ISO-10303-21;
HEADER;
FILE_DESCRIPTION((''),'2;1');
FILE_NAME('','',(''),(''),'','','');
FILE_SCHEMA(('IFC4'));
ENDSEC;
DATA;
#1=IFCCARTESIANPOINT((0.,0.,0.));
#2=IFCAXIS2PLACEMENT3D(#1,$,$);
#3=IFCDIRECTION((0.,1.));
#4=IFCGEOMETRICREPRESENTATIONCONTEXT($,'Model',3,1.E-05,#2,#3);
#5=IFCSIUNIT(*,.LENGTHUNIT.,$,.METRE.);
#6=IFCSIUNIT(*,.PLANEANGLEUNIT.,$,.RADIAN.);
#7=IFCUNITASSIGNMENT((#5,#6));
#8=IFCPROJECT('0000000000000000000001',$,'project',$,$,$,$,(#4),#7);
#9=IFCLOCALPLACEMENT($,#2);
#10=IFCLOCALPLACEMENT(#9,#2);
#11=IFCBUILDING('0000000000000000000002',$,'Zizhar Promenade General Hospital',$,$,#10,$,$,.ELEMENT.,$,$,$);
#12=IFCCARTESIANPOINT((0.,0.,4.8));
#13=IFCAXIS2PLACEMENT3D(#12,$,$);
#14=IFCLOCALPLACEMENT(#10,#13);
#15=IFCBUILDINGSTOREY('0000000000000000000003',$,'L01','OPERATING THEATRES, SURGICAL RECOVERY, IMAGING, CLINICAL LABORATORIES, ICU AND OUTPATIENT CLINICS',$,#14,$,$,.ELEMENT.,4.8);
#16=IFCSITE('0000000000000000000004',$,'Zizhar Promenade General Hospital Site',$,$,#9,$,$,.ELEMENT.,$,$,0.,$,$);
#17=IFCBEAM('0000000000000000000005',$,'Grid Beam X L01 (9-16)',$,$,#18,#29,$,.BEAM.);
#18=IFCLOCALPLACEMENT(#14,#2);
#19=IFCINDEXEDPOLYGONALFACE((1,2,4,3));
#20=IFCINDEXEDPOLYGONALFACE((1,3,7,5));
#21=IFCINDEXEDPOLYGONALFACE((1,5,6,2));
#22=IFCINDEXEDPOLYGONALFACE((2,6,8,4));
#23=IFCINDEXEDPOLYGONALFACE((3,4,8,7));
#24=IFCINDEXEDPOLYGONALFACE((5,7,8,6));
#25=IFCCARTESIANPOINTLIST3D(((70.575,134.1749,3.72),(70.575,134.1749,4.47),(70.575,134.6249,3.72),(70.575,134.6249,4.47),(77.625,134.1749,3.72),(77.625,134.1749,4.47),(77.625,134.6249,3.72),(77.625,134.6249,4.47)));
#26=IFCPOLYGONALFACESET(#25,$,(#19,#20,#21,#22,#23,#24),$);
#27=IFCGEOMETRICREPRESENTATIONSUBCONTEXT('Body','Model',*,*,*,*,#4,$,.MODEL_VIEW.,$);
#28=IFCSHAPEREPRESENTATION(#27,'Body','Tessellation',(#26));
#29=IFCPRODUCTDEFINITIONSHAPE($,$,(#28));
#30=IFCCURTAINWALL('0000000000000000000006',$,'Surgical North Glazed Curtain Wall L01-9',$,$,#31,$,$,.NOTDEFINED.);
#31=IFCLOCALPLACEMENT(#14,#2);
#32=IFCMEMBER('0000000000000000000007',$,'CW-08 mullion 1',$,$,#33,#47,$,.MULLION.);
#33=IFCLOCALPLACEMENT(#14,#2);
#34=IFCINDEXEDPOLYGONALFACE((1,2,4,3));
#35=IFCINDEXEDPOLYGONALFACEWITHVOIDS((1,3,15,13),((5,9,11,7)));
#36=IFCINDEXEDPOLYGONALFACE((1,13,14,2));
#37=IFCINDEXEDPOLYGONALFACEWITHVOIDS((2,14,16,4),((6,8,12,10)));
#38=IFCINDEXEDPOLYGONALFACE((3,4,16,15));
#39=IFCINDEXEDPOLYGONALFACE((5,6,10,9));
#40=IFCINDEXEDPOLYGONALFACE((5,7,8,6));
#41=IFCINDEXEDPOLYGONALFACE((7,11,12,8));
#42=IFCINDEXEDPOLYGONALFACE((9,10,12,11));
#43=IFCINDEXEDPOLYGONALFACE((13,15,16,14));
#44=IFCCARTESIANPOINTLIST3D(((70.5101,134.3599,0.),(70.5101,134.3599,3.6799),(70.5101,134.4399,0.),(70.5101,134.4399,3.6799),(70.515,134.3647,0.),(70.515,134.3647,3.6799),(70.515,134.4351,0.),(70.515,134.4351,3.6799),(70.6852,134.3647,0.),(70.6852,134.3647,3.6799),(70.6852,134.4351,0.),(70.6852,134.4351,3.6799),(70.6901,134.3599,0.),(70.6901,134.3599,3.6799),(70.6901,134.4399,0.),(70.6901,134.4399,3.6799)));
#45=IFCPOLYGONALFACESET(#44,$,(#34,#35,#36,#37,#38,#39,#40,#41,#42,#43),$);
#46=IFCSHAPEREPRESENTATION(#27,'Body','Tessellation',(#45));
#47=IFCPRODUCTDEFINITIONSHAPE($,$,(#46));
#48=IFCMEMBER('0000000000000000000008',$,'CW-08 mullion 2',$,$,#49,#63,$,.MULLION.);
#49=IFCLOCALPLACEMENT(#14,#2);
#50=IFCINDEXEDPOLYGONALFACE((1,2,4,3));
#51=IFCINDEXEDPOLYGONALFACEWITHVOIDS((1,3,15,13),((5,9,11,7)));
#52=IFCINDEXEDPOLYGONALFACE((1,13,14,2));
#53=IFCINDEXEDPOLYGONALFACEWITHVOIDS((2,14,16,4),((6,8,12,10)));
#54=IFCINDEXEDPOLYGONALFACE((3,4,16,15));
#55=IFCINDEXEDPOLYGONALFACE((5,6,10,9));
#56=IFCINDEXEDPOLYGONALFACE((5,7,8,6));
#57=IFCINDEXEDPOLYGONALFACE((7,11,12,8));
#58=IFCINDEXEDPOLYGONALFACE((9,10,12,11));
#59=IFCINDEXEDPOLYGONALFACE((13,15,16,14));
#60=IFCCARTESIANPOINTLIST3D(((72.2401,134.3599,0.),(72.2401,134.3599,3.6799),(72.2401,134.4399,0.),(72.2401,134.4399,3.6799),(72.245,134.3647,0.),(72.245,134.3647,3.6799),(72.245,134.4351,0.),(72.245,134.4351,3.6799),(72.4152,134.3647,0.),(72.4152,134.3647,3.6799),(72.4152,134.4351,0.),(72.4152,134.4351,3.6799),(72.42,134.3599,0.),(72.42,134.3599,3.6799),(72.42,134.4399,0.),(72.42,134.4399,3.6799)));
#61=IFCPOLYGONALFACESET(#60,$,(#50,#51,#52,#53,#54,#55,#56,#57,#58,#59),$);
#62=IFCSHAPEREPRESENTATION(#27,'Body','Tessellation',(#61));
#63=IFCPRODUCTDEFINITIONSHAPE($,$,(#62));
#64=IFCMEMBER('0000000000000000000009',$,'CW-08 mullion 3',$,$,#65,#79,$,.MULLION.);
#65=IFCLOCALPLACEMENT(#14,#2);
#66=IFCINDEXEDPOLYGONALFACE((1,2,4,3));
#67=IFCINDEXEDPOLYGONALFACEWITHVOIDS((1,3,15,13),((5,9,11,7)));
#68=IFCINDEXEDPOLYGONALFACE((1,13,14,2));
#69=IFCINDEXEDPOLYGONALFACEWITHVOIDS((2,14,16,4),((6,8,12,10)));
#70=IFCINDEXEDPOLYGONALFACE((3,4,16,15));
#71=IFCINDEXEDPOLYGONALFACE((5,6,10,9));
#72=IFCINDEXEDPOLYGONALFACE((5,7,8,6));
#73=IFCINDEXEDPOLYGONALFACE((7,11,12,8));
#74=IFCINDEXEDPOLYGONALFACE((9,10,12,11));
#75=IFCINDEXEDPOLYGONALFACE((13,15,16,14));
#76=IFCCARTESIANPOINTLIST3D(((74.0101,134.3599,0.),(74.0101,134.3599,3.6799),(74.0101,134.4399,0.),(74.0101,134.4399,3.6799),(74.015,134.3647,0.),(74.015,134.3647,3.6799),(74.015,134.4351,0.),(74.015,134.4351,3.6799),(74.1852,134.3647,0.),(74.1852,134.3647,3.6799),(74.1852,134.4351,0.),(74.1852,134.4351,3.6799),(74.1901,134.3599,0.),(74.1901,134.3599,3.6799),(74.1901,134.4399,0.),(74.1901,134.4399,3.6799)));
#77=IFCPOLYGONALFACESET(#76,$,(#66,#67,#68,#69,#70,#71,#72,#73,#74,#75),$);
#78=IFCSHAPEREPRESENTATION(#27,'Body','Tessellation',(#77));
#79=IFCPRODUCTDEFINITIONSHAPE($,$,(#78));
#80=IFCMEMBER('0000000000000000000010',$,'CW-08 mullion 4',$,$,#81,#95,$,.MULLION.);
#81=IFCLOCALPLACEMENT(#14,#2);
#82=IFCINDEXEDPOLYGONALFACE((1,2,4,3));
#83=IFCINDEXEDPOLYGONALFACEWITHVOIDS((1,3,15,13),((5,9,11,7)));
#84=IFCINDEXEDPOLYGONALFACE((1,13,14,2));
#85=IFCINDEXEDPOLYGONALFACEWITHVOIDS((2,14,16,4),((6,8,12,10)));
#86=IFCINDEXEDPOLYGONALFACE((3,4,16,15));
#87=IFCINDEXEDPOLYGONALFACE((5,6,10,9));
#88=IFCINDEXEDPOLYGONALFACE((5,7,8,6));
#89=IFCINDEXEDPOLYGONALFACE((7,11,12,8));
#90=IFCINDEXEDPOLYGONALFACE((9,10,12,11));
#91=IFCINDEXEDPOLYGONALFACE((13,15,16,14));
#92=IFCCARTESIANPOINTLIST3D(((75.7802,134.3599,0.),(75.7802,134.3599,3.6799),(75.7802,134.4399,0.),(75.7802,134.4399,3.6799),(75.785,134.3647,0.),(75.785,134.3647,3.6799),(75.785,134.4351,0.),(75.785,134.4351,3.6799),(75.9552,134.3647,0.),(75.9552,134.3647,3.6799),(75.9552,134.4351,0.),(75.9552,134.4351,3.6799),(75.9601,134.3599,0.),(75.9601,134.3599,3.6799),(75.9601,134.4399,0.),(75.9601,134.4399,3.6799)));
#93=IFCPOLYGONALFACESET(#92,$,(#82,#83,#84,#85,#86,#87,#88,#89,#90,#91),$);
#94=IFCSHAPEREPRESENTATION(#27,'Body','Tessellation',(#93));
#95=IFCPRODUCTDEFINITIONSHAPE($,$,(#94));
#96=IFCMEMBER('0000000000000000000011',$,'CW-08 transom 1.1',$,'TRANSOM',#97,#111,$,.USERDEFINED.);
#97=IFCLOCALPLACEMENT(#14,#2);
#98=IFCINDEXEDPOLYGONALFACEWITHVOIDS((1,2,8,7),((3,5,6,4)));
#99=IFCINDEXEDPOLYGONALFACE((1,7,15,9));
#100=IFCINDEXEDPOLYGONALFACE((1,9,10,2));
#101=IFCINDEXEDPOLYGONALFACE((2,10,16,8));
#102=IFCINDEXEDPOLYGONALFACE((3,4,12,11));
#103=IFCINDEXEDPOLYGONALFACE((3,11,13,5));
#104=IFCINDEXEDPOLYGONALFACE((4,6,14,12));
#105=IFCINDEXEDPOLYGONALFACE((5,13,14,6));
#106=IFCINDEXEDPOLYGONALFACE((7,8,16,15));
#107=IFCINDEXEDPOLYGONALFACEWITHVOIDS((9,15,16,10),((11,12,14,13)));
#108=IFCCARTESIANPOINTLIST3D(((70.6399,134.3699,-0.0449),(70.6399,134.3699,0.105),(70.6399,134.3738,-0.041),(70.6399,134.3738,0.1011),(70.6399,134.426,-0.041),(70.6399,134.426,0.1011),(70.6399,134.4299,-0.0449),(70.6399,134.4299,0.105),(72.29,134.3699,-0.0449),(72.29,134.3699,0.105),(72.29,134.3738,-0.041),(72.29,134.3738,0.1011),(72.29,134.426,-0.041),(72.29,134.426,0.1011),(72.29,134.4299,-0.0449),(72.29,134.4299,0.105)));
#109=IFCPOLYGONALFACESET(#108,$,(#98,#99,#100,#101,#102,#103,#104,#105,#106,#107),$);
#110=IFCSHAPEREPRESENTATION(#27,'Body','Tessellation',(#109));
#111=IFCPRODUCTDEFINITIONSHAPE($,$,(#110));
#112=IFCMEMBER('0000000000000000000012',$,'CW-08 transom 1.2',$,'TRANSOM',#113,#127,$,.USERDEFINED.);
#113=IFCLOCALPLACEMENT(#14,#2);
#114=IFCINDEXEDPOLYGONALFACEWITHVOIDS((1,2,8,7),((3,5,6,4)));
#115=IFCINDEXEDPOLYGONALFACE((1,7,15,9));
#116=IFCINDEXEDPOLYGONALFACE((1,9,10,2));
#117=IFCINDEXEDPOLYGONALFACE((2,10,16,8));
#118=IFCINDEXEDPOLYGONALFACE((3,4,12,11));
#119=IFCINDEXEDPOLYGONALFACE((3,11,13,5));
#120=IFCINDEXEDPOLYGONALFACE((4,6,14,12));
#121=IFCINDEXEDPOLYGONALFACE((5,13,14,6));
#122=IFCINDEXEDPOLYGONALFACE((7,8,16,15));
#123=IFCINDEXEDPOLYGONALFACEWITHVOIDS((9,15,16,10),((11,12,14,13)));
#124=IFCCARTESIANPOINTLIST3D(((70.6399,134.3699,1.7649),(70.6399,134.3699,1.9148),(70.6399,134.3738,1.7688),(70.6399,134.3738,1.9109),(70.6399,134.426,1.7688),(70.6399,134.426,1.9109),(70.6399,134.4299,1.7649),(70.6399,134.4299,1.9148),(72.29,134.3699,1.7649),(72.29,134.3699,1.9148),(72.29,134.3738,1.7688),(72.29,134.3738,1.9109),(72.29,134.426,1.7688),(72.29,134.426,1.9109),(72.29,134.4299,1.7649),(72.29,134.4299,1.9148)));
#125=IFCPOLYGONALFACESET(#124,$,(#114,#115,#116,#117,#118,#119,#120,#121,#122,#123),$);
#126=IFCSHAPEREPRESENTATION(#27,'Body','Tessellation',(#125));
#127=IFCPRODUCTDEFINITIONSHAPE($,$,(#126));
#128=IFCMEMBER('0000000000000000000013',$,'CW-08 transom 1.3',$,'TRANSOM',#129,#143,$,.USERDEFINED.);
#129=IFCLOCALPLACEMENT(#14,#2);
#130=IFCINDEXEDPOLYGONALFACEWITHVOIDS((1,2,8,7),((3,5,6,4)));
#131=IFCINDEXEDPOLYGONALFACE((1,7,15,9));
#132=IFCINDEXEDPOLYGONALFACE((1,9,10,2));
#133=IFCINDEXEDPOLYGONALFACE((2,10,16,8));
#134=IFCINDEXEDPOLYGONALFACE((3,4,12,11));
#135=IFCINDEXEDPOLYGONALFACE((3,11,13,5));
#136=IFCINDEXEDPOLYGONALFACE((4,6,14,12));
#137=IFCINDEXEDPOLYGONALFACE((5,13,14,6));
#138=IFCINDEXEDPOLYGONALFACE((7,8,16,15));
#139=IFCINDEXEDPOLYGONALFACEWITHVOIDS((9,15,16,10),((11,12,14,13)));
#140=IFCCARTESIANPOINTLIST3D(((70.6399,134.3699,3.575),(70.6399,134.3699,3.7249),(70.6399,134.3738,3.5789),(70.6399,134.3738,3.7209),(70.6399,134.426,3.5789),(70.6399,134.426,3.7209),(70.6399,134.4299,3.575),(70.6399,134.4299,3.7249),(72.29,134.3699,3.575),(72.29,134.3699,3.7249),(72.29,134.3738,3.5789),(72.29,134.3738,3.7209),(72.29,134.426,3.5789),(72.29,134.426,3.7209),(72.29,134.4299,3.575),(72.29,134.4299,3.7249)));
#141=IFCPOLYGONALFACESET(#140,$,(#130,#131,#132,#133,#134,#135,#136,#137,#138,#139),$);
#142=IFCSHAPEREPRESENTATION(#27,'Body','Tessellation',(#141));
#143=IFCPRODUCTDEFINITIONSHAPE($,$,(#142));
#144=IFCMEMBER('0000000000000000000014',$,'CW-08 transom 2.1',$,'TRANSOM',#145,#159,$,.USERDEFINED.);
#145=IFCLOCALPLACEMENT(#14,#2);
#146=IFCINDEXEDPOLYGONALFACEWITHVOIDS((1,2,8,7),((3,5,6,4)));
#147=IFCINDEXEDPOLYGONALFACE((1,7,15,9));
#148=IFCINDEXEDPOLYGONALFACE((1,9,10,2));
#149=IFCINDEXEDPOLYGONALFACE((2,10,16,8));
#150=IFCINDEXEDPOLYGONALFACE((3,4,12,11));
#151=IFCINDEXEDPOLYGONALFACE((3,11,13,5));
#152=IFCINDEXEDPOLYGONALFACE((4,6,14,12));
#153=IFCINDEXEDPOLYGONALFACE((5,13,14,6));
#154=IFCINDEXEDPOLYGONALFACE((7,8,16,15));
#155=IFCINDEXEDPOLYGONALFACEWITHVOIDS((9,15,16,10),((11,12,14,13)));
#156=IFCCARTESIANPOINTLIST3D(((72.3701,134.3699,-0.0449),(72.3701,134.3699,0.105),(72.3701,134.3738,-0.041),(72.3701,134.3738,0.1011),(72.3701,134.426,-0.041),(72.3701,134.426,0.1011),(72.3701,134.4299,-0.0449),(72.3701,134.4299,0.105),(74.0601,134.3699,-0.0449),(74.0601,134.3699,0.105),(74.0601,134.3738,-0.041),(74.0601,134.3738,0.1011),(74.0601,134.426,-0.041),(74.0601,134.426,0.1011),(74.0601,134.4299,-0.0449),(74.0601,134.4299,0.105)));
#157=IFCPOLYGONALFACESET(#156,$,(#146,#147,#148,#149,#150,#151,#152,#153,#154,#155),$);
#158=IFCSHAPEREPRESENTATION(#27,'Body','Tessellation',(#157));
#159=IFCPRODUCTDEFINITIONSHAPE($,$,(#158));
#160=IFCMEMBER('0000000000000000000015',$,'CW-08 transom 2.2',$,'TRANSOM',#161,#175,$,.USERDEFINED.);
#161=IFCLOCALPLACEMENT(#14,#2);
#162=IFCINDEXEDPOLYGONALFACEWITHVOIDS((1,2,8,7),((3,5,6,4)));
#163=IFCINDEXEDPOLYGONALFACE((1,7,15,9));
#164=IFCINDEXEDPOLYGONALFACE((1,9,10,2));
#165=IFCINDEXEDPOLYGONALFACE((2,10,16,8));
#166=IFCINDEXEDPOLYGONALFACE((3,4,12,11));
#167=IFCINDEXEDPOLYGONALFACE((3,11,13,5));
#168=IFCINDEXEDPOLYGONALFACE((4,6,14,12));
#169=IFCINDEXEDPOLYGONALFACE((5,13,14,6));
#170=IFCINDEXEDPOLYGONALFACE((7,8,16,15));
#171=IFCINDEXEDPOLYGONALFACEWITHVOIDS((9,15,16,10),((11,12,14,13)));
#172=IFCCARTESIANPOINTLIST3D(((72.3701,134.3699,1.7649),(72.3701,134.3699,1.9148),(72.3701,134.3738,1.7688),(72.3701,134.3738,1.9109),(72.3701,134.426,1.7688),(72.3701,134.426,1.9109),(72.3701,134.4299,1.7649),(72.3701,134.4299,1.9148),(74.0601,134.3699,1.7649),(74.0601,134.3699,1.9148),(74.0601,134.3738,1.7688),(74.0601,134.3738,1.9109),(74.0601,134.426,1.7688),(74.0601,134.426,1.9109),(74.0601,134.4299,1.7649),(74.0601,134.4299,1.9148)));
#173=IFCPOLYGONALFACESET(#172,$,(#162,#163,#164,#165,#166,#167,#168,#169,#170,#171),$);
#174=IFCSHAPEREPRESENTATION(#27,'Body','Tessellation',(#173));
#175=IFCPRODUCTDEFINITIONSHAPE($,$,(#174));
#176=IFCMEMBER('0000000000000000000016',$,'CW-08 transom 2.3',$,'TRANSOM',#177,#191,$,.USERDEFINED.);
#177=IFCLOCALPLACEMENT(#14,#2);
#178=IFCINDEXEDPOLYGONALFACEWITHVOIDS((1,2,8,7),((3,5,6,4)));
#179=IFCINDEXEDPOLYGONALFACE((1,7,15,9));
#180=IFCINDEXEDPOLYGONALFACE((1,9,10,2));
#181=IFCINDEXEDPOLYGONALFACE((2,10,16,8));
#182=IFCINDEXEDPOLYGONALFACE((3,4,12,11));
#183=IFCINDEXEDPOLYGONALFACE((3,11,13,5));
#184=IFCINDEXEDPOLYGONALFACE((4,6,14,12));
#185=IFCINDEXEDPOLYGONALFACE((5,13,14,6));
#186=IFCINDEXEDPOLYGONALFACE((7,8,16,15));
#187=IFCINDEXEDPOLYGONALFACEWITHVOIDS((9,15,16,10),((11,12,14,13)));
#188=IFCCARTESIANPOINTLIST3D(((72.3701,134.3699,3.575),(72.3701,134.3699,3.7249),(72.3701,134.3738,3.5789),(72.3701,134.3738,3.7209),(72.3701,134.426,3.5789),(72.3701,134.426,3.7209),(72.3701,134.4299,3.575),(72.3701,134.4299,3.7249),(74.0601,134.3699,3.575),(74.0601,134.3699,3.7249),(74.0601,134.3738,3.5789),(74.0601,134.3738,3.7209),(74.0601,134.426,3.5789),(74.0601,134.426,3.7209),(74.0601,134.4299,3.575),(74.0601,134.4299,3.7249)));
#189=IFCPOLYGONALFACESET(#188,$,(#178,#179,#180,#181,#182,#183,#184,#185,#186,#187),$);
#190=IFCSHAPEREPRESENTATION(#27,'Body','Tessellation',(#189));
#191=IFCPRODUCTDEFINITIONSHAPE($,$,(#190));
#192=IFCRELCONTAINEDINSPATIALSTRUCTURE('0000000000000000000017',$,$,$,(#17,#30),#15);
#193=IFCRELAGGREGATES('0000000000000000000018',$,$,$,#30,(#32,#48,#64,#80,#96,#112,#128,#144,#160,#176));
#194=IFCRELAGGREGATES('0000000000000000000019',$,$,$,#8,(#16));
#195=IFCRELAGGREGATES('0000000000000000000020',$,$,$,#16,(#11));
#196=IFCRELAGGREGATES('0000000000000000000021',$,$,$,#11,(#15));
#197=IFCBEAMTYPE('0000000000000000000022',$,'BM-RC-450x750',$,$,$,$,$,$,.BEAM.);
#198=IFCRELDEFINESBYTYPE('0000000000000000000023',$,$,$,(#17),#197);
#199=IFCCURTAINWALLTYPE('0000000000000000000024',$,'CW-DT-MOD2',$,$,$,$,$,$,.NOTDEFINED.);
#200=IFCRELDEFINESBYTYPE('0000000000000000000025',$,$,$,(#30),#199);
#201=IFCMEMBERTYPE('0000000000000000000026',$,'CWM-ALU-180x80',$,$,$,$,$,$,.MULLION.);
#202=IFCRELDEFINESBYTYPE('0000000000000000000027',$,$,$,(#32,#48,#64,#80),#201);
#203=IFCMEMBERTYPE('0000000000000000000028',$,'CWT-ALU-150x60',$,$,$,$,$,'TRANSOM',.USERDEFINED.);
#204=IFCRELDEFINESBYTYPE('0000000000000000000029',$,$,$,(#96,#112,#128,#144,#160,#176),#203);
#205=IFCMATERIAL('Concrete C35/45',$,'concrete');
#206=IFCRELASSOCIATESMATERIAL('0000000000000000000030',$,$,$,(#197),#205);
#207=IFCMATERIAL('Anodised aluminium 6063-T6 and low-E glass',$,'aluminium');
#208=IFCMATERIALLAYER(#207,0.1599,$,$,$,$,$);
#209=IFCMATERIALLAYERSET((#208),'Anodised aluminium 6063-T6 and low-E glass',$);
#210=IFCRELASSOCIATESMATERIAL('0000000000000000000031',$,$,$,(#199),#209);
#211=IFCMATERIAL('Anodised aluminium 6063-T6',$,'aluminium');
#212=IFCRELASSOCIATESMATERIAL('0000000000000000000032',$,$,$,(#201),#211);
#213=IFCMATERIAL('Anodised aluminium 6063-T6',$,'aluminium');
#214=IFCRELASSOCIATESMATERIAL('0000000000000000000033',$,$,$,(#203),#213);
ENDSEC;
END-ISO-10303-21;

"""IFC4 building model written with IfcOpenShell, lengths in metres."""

from ifc_helpers import new_model, si_unit, direction, frame, origin, origin_2d, place, context, subcontext, project, spatial, rectangle, hollow_rectangle, extrude, material, layer, layer_set, material_profile, profile_set, type_object, element, aggregate, save


model = new_model("IFC4")

# Units and contexts
model_context = context("Model", 3, precision=1e-05, world=origin(), true_north=direction((0.0, 1.0)))
body_context = subcontext(model_context, "Body", "Model", "MODEL_VIEW")
ifc_project = project(units=[si_unit("LENGTHUNIT", "METRE"), si_unit("PLANEANGLEUNIT", "RADIAN")], contexts=[model_context])

# Site, building, storey
site_placement = place(None, origin())
site = spatial("IfcSite", under=ifc_project, at=site_placement, Name="Zizhar Promenade General Hospital Site", CompositionType="ELEMENT", RefElevation=0.0)
building_placement = place(site_placement, origin())
building = spatial("IfcBuilding", under=site, at=building_placement, Name="Zizhar Promenade General Hospital", CompositionType="ELEMENT")
storey_placement = place(building_placement, frame((0.0, 0.0, 4.8)))
storey = spatial("IfcBuildingStorey", under=building, at=storey_placement, Name="L01", Description="OPERATING THEATRES, SURGICAL RECOVERY, IMAGING, CLINICAL LABORATORIES, ICU AND OUTPATIENT CLINICS", CompositionType="ELEMENT", Elevation=4.8)

# Beam
ifc_material_1 = material(Name="Concrete C35/45", Category="concrete")
ifc_material_profile_1 = material_profile(ifc_material_1, rectangle(XDim=0.45, YDim=0.75, at=origin_2d()))
ifc_profile_set_1 = profile_set([ifc_material_profile_1], Name="Concrete C35/45")
beam_type = type_object("IfcBeamType", Name="BM-RC-450x750", PredefinedType="BEAM", material=ifc_profile_set_1)
beam_placement = place(storey_placement, frame((70.575, 134.3999, 4.095), z_axis=(1.0, 0.0, 0.0), x_axis=(0.0, 1.0, 0.0)))
element("IfcBeam", 1, at=beam_placement, inside=storey, type_object=beam_type, Name="Grid Beam X L01 (9-16)", PredefinedType="BEAM", context=body_context, shape_type="SweptSolid", body=[
    extrude(rectangle(XDim=0.45, YDim=0.75, at=origin_2d()), origin(), (0.0, 0.0, 1.0), 7.05),
])

# Curtain wall, members
ifc_material_2 = material(Name="Anodised aluminium 6063-T6 and low-E glass", Category="aluminium")
ifc_layer_1 = layer(ifc_material_2, 0.1599)
ifc_layer_set_1 = layer_set([ifc_layer_1], Name="Anodised aluminium 6063-T6 and low-E glass")
curtain_wall_type = type_object("IfcCurtainWallType", Name="CW-DT-MOD2", PredefinedType="NOTDEFINED", material=ifc_layer_set_1)
curtain_wall_placement = place(storey_placement, origin())
curtain_wall = element("IfcCurtainWall", 2, at=curtain_wall_placement, inside=storey, type_object=curtain_wall_type, Name="Surgical North Glazed Curtain Wall L01-9", PredefinedType="NOTDEFINED")
ifc_material_3 = material(Name="Anodised aluminium 6063-T6", Category="aluminium")
ifc_material_profile_2 = material_profile(ifc_material_3, hollow_rectangle(XDim=0.0801, YDim=0.1799, WallThickness=0.0049, at=origin_2d()))
ifc_profile_set_2 = profile_set([ifc_material_profile_2], Name="Anodised aluminium 6063-T6")
member_type_1 = type_object("IfcMemberType", Name="CWM-ALU-180x80", PredefinedType="MULLION", material=ifc_profile_set_2)
member_1_placement = place(storey_placement, frame((70.6001, 134.3999, 0.0), z_axis=(0.0, 0.0, 1.0), x_axis=(0.0, 1.0, 0.0)))
member_1 = element("IfcMember", 3, at=member_1_placement, type_object=member_type_1, Name="CW-08 mullion 1", PredefinedType="MULLION", context=body_context, shape_type="SweptSolid", body=[
    extrude(hollow_rectangle(XDim=0.0801, YDim=0.1799, WallThickness=0.0049, at=origin_2d()), origin(), (0.0, 0.0, 1.0), 3.6799),
])
member_2_placement = place(storey_placement, frame((72.3301, 134.3999, 0.0), z_axis=(0.0, 0.0, 1.0), x_axis=(0.0, 1.0, 0.0)))
member_2 = element("IfcMember", 4, at=member_2_placement, type_object=member_type_1, Name="CW-08 mullion 2", PredefinedType="MULLION", context=body_context, shape_type="SweptSolid", body=[
    extrude(hollow_rectangle(XDim=0.0801, YDim=0.1799, WallThickness=0.0049, at=origin_2d()), origin(), (0.0, 0.0, 1.0), 3.6799),
])
member_3_placement = place(storey_placement, frame((74.1001, 134.3999, 0.0), z_axis=(0.0, 0.0, 1.0), x_axis=(0.0, 1.0, 0.0)))
member_3 = element("IfcMember", 5, at=member_3_placement, type_object=member_type_1, Name="CW-08 mullion 3", PredefinedType="MULLION", context=body_context, shape_type="SweptSolid", body=[
    extrude(hollow_rectangle(XDim=0.0801, YDim=0.1799, WallThickness=0.0049, at=origin_2d()), origin(), (0.0, 0.0, 1.0), 3.6799),
])
member_4_placement = place(storey_placement, frame((75.8701, 134.3999, 0.0), z_axis=(0.0, 0.0, 1.0), x_axis=(0.0, 1.0, 0.0)))
member_4 = element("IfcMember", 6, at=member_4_placement, type_object=member_type_1, Name="CW-08 mullion 4", PredefinedType="MULLION", context=body_context, shape_type="SweptSolid", body=[
    extrude(hollow_rectangle(XDim=0.0801, YDim=0.1799, WallThickness=0.0049, at=origin_2d()), origin(), (0.0, 0.0, 1.0), 3.6799),
])
ifc_material_4 = material(Name="Anodised aluminium 6063-T6", Category="aluminium")
ifc_material_profile_3 = material_profile(ifc_material_4, hollow_rectangle(XDim=0.0601, YDim=0.1499, WallThickness=0.0039, at=origin_2d()))
ifc_profile_set_3 = profile_set([ifc_material_profile_3], Name="Anodised aluminium 6063-T6")
member_type_2 = type_object("IfcMemberType", Name="CWT-ALU-150x60", ElementType="TRANSOM", PredefinedType="USERDEFINED", material=ifc_profile_set_3)
member_5_placement = place(storey_placement, frame((70.6399, 134.3999, 0.03), z_axis=(1.0, 0.0, 0.0), x_axis=(0.0, 1.0, 0.0)))
member_5 = element("IfcMember", 7, at=member_5_placement, type_object=member_type_2, Name="CW-08 transom 1.1", ObjectType="TRANSOM", PredefinedType="USERDEFINED", context=body_context, shape_type="SweptSolid", body=[
    extrude(hollow_rectangle(XDim=0.0601, YDim=0.1499, WallThickness=0.0039, at=origin_2d()), origin(), (0.0, 0.0, 1.0), 1.6501),
])
member_6_placement = place(storey_placement, frame((70.6399, 134.3999, 1.8398), z_axis=(1.0, 0.0, 0.0), x_axis=(0.0, 1.0, 0.0)))
member_6 = element("IfcMember", 8, at=member_6_placement, type_object=member_type_2, Name="CW-08 transom 1.2", ObjectType="TRANSOM", PredefinedType="USERDEFINED", context=body_context, shape_type="SweptSolid", body=[
    extrude(hollow_rectangle(XDim=0.0601, YDim=0.1499, WallThickness=0.0039, at=origin_2d()), origin(), (0.0, 0.0, 1.0), 1.6501),
])
member_7_placement = place(storey_placement, frame((70.6399, 134.3999, 3.6499), z_axis=(1.0, 0.0, 0.0), x_axis=(0.0, 1.0, 0.0)))
member_7 = element("IfcMember", 9, at=member_7_placement, type_object=member_type_2, Name="CW-08 transom 1.3", ObjectType="TRANSOM", PredefinedType="USERDEFINED", context=body_context, shape_type="SweptSolid", body=[
    extrude(hollow_rectangle(XDim=0.0601, YDim=0.1499, WallThickness=0.0039, at=origin_2d()), origin(), (0.0, 0.0, 1.0), 1.6501),
])
member_8_placement = place(storey_placement, frame((72.3701, 134.3999, 0.03), z_axis=(1.0, 0.0, 0.0), x_axis=(0.0, 1.0, 0.0)))
member_8 = element("IfcMember", 10, at=member_8_placement, type_object=member_type_2, Name="CW-08 transom 2.1", ObjectType="TRANSOM", PredefinedType="USERDEFINED", context=body_context, shape_type="SweptSolid", body=[
    extrude(hollow_rectangle(XDim=0.0601, YDim=0.1499, WallThickness=0.0039, at=origin_2d()), origin(), (0.0, 0.0, 1.0), 1.6899),
])
member_9_placement = place(storey_placement, frame((72.3701, 134.3999, 1.8398), z_axis=(1.0, 0.0, 0.0), x_axis=(0.0, 1.0, 0.0)))
member_9 = element("IfcMember", 11, at=member_9_placement, type_object=member_type_2, Name="CW-08 transom 2.2", ObjectType="TRANSOM", PredefinedType="USERDEFINED", context=body_context, shape_type="SweptSolid", body=[
    extrude(hollow_rectangle(XDim=0.0601, YDim=0.1499, WallThickness=0.0039, at=origin_2d()), origin(), (0.0, 0.0, 1.0), 1.6899),
])
member_10_placement = place(storey_placement, frame((72.3701, 134.3999, 3.6499), z_axis=(1.0, 0.0, 0.0), x_axis=(0.0, 1.0, 0.0)))
member_10 = element("IfcMember", 12, at=member_10_placement, type_object=member_type_2, Name="CW-08 transom 2.3", ObjectType="TRANSOM", PredefinedType="USERDEFINED", context=body_context, shape_type="SweptSolid", body=[
    extrude(hollow_rectangle(XDim=0.0601, YDim=0.1499, WallThickness=0.0039, at=origin_2d()), origin(), (0.0, 0.0, 1.0), 1.6899),
])
aggregate(curtain_wall, [member_1, member_2, member_3, member_4, member_5, member_6, member_7, member_8, member_9, member_10])

save(model, "model.ifc")
